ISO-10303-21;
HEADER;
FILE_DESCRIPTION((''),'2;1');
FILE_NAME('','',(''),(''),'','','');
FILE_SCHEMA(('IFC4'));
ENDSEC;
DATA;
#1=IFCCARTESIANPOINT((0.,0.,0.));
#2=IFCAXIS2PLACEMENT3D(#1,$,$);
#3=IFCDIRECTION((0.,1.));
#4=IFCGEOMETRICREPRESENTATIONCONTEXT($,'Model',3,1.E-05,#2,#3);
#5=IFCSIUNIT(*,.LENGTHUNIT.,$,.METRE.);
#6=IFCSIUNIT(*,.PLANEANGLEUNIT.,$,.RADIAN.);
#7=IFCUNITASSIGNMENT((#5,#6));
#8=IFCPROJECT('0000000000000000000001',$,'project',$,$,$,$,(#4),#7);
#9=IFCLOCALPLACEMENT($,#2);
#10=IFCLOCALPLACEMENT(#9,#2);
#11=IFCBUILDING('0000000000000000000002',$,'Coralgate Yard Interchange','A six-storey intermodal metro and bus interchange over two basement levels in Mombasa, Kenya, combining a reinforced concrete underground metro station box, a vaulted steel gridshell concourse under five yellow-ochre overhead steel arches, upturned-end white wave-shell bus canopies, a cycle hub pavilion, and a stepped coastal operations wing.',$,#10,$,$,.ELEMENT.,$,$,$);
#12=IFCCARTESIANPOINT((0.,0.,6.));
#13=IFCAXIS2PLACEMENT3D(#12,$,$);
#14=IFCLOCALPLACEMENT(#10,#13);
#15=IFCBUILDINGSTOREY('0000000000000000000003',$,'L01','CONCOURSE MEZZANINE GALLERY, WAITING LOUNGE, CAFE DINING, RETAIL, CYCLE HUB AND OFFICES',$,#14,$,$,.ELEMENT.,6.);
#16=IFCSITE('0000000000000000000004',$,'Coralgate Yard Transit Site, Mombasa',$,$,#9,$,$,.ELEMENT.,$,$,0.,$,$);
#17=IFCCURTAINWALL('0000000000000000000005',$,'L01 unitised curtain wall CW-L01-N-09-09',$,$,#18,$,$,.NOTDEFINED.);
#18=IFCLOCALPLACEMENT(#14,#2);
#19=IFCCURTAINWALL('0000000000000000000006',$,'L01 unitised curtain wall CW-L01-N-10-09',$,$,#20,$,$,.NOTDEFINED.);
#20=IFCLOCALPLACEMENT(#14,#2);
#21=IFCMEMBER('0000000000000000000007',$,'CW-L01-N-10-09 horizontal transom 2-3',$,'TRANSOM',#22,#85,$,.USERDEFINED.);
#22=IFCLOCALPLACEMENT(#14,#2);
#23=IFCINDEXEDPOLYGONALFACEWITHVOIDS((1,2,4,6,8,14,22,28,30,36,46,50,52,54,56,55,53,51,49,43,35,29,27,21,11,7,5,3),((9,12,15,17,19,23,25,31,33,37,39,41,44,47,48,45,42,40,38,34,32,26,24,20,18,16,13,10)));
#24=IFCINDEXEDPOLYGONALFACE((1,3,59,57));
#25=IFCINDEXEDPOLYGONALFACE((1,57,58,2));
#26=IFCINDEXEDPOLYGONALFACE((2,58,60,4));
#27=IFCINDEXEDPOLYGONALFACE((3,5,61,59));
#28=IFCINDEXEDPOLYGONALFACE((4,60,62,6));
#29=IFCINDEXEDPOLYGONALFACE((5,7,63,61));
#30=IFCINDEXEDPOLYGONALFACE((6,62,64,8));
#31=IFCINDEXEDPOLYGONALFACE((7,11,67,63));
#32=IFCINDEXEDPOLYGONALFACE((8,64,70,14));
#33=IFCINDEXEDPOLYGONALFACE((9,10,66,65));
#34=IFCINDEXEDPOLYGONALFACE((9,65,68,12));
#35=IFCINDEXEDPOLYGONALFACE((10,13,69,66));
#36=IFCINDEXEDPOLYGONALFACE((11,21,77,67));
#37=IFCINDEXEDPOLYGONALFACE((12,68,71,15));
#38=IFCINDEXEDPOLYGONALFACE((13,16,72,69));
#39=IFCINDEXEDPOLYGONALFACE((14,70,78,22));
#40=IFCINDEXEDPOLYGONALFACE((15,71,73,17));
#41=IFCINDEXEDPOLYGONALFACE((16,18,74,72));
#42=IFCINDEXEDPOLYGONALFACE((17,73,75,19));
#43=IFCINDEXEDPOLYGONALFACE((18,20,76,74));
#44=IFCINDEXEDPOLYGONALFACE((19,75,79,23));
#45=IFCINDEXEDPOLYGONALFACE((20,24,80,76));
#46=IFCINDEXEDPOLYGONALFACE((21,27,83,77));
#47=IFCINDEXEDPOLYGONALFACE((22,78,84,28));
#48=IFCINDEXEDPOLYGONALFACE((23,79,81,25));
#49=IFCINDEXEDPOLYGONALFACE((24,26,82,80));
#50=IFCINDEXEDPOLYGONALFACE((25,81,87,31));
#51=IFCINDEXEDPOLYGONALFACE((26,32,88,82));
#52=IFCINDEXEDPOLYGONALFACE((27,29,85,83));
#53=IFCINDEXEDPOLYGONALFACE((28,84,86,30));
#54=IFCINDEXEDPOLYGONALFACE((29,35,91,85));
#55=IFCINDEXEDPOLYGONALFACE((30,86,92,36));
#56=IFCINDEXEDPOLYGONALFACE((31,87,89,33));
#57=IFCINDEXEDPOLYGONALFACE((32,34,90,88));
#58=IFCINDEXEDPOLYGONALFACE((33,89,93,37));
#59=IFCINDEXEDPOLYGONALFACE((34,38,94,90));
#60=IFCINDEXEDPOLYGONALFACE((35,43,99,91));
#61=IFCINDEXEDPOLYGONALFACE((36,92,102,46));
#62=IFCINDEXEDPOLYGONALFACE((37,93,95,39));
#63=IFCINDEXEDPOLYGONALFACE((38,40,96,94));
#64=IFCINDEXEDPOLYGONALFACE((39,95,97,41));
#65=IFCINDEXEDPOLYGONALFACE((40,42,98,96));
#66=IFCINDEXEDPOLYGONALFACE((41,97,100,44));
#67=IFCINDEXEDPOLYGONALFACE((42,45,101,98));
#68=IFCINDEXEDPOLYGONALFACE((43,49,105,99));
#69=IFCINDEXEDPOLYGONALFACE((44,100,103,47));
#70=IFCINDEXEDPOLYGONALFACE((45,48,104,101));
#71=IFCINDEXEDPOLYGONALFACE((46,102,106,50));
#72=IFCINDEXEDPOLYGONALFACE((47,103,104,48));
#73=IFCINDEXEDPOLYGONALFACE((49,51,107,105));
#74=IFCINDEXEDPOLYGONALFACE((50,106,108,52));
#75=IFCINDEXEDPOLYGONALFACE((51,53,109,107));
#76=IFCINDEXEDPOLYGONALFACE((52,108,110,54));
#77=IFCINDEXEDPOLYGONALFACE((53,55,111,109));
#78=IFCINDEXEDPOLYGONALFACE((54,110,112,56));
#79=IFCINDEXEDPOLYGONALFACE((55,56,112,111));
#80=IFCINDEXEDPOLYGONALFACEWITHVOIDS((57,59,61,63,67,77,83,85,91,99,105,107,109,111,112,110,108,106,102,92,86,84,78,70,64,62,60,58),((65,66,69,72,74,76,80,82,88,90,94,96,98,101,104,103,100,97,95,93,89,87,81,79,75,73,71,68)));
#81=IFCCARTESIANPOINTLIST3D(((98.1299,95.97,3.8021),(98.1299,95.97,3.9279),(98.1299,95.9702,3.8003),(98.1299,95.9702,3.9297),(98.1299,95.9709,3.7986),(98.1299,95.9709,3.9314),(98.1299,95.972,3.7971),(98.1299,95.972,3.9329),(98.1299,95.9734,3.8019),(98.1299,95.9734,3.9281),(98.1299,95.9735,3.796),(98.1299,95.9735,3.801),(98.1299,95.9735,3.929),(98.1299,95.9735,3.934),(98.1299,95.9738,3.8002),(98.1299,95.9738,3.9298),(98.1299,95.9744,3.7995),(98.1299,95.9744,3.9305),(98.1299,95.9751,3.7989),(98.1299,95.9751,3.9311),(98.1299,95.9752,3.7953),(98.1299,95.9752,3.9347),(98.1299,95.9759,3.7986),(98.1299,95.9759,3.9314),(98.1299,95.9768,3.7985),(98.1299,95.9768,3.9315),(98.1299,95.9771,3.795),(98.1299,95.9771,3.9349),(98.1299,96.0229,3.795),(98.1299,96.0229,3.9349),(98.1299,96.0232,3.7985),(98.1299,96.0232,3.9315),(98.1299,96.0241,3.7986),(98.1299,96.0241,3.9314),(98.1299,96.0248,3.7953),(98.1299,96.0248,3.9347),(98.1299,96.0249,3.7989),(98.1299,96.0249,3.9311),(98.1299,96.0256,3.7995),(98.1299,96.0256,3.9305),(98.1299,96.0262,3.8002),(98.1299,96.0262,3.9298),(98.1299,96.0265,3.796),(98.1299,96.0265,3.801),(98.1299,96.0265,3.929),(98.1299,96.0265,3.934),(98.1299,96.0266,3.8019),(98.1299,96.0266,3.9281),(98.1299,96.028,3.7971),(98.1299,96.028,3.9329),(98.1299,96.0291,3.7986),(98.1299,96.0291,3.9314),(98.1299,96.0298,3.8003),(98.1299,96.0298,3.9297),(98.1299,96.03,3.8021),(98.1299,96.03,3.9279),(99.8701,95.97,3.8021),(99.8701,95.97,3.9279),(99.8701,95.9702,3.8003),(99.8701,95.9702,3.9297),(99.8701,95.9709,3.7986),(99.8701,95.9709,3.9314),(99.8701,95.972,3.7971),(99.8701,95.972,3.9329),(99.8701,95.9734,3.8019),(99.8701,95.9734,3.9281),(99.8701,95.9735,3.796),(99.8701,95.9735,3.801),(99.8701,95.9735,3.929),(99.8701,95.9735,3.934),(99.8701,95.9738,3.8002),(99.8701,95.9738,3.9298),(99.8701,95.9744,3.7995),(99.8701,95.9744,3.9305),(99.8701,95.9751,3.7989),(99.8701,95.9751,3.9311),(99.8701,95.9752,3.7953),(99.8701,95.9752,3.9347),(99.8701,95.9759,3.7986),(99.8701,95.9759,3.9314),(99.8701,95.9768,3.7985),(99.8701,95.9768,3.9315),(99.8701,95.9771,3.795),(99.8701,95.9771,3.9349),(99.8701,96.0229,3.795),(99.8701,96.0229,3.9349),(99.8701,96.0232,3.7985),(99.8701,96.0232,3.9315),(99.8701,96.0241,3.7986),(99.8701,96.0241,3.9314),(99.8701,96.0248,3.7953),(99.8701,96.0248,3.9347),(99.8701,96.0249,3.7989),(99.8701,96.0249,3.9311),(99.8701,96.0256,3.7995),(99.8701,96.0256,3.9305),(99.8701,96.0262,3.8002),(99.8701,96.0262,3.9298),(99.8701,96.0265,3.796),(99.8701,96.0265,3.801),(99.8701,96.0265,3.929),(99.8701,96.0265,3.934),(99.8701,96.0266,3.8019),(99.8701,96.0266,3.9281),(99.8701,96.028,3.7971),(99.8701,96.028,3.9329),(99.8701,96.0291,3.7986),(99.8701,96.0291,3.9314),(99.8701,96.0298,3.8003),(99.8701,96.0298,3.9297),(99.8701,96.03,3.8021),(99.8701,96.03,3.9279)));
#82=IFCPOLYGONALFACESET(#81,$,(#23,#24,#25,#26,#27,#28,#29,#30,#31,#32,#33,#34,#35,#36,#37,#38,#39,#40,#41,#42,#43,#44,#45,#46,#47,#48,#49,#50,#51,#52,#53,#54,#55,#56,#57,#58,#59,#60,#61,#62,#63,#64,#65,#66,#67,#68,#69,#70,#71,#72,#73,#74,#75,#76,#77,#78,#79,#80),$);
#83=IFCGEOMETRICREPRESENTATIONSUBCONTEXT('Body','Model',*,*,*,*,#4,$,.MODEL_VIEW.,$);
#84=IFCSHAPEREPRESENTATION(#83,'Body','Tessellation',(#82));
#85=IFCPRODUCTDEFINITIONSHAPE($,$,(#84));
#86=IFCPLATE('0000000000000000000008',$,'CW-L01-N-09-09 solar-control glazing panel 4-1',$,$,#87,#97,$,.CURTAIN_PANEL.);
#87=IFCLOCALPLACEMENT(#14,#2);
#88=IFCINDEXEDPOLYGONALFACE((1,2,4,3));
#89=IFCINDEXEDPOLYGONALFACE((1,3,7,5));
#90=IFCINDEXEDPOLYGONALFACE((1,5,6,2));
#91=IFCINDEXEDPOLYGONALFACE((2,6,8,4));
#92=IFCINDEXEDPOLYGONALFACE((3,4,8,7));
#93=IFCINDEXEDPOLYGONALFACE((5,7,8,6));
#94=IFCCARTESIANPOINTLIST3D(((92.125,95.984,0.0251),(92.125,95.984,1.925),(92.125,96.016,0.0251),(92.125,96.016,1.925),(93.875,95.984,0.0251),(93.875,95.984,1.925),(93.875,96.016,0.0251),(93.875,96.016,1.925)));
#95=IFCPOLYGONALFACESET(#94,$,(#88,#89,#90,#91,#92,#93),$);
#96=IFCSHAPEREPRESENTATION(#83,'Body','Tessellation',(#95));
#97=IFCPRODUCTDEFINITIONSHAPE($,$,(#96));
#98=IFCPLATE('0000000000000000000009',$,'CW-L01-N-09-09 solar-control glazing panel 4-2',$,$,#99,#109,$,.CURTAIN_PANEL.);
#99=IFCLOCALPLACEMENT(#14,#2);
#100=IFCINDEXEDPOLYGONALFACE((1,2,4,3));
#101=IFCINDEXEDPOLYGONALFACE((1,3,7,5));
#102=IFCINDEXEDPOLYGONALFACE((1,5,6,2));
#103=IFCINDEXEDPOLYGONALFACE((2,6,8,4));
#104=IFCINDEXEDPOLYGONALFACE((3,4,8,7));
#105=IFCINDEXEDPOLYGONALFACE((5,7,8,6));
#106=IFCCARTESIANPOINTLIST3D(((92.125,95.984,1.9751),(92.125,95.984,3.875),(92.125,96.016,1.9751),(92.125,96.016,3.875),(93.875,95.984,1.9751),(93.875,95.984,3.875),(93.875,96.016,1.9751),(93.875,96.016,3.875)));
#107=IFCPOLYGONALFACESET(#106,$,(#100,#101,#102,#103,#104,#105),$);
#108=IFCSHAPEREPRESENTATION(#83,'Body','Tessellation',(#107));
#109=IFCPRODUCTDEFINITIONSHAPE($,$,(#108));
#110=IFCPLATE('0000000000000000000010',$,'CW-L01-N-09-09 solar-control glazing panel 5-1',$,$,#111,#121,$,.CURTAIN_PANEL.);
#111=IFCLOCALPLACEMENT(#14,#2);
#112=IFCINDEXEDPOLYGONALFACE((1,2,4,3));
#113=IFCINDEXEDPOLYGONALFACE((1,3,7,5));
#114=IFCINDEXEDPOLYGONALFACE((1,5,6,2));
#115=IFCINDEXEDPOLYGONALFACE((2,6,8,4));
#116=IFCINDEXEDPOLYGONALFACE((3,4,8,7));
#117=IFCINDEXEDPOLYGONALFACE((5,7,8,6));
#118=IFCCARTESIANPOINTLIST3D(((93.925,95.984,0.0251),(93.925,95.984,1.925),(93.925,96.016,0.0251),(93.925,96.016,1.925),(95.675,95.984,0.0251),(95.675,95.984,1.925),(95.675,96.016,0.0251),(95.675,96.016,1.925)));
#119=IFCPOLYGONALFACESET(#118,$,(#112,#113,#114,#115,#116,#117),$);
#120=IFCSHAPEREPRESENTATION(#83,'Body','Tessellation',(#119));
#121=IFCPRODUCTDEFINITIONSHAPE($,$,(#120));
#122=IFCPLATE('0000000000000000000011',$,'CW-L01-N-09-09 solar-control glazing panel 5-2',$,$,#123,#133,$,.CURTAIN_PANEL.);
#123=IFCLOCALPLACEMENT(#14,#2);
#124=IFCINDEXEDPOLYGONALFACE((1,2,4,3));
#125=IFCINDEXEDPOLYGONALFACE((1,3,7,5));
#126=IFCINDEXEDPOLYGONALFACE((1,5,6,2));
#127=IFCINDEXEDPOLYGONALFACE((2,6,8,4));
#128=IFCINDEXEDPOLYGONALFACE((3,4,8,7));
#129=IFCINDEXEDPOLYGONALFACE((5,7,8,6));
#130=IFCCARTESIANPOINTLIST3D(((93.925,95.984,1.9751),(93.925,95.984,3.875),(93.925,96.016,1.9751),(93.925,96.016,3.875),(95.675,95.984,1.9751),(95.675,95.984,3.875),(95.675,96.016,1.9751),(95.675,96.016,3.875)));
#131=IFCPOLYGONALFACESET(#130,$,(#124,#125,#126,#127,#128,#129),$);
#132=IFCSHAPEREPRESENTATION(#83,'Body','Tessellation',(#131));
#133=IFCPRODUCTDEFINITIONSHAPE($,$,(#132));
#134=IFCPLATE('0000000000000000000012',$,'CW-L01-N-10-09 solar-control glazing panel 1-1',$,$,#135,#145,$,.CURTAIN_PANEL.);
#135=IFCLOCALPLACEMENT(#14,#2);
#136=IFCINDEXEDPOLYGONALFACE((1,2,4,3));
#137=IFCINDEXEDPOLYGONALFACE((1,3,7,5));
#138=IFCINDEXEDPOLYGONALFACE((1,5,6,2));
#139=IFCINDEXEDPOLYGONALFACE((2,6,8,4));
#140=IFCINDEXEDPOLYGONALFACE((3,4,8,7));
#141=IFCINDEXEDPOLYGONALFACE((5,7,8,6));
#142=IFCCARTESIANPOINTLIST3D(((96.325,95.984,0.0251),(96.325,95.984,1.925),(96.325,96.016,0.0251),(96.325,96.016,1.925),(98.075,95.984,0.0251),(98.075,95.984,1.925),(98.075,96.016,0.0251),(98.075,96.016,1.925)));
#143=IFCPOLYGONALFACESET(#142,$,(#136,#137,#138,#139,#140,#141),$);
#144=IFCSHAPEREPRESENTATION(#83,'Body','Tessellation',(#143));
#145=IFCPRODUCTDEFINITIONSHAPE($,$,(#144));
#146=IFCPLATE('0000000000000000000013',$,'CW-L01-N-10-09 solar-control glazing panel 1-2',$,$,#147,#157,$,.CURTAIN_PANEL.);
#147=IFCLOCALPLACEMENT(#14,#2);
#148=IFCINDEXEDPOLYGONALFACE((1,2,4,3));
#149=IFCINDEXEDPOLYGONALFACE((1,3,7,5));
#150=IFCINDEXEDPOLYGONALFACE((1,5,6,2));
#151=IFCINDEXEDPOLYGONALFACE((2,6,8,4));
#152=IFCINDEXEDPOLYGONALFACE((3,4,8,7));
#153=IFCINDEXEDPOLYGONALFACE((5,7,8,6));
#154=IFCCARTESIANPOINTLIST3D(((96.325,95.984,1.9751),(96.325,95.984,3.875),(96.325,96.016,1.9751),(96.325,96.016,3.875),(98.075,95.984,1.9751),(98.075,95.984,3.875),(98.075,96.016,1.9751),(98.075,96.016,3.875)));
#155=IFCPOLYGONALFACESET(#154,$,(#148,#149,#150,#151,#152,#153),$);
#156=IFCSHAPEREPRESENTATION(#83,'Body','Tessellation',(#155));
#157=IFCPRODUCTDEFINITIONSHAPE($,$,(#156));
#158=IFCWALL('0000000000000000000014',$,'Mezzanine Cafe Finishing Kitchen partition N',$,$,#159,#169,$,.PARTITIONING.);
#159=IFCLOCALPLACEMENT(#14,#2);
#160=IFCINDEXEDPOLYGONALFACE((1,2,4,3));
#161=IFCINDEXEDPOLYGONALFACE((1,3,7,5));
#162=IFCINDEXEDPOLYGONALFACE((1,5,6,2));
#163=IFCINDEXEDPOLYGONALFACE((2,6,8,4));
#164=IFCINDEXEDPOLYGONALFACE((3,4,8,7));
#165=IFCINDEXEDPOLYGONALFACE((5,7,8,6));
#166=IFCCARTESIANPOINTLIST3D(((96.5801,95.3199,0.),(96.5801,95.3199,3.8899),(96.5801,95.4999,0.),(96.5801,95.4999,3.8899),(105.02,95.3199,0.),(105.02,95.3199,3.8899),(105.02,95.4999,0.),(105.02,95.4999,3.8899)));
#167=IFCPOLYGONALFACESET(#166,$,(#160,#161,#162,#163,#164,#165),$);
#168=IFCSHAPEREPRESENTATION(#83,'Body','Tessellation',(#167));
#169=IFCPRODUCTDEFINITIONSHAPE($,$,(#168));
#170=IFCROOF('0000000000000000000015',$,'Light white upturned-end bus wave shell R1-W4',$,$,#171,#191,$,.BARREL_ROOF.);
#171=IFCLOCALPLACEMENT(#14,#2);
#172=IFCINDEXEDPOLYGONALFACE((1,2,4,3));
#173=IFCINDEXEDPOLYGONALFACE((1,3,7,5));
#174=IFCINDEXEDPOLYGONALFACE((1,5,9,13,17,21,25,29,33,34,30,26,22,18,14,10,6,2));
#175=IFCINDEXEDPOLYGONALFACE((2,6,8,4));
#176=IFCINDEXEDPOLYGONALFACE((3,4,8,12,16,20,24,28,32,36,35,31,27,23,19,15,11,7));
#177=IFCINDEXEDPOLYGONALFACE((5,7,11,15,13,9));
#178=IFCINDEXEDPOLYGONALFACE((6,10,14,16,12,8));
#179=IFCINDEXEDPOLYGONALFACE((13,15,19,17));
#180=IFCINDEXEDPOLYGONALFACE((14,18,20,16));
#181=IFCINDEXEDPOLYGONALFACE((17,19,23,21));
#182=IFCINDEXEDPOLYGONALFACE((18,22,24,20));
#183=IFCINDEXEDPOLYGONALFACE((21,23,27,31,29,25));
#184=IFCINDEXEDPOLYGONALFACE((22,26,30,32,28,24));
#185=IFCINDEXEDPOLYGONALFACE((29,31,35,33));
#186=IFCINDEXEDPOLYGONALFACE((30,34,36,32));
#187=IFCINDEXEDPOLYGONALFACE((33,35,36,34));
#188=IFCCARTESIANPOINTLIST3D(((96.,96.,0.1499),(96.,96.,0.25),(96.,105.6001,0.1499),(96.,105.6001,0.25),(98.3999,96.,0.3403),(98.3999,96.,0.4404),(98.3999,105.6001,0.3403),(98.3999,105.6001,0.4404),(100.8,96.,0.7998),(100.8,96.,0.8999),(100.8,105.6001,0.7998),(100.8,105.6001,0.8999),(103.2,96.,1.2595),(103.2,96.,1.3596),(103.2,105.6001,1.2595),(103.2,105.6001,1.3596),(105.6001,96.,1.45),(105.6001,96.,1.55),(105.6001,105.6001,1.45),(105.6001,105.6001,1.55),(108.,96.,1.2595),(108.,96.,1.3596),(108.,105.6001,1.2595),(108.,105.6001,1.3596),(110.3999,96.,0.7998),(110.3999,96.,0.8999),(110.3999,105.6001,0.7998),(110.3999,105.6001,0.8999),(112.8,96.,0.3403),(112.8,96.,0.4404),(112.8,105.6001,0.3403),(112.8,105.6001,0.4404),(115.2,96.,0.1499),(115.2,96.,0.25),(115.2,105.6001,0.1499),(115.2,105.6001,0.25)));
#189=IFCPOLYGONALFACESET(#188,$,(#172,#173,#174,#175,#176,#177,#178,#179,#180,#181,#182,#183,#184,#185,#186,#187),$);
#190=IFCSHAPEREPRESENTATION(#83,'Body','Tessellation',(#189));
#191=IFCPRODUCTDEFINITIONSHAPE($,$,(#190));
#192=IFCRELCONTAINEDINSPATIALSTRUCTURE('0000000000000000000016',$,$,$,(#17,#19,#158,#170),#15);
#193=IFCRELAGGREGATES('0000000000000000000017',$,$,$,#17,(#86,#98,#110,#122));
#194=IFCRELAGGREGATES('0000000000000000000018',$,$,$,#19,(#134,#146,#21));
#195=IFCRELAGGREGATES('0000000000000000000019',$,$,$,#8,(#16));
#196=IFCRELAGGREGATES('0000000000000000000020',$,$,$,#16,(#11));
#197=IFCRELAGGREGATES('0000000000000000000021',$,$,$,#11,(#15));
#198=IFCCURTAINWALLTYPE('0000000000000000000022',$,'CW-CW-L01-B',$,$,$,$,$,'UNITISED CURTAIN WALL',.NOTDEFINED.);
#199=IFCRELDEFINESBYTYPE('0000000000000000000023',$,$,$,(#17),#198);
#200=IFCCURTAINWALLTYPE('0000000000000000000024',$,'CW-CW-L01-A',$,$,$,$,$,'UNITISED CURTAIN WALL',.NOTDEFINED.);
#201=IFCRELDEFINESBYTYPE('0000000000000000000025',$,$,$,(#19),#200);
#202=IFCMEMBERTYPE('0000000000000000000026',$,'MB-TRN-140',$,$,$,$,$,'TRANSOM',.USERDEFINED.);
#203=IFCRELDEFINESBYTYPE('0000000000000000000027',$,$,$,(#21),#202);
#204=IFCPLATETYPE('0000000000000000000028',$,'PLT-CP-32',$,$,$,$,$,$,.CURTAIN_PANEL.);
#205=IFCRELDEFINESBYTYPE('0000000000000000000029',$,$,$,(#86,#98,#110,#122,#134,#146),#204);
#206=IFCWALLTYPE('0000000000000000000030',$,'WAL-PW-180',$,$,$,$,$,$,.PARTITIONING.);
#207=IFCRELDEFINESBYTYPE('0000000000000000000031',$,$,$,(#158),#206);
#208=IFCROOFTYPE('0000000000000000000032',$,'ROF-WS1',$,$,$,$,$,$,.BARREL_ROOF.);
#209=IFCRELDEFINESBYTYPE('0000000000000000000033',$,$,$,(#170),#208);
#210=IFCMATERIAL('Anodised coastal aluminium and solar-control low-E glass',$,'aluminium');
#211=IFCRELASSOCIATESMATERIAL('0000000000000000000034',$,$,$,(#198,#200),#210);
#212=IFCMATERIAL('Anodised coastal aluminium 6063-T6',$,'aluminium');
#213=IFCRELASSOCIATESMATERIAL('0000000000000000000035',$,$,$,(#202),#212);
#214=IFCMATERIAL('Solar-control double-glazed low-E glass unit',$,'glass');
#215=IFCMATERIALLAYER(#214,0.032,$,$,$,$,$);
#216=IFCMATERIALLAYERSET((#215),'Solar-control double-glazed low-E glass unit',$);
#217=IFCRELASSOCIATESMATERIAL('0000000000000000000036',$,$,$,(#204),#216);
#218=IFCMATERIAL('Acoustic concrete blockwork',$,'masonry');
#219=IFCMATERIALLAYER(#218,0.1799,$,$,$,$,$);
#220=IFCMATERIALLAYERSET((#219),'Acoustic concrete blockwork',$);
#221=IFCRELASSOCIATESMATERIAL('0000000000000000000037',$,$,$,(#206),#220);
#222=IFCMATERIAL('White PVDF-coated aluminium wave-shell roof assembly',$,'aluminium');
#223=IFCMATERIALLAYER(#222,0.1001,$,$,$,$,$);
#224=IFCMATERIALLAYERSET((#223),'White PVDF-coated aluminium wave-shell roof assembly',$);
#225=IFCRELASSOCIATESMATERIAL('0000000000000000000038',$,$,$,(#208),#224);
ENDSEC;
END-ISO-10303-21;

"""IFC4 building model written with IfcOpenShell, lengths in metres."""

from ifc_helpers import new_model, si_unit, direction, frame, frame_2d, origin, origin_2d, place, context, subcontext, project, spatial, polyline, rectangle, hollow_rectangle, outline, extrude, material, layer, layer_set, material_profile, profile_set, type_object, element, aggregate, save


model = new_model("IFC4")

# Units and contexts
model_context = context("Model", 3, precision=1e-05, world=origin(), true_north=direction((0.0, 1.0)))
body_context = subcontext(model_context, "Body", "Model", "MODEL_VIEW")
ifc_project = project(units=[si_unit("LENGTHUNIT", "METRE"), si_unit("PLANEANGLEUNIT", "RADIAN")], contexts=[model_context])

# Site, building, storey
site_placement = place(None, origin())
site = spatial("IfcSite", under=ifc_project, at=site_placement, Name="Coralgate Yard Transit Site, Mombasa", CompositionType="ELEMENT", RefElevation=0.0)
building_placement = place(site_placement, origin())
building = spatial("IfcBuilding", under=site, at=building_placement, Name="Coralgate Yard Interchange", Description="A six-storey intermodal metro and bus interchange over two basement levels in Mombasa, Kenya, combining a reinforced concrete underground metro station box, a vaulted steel gridshell concourse under five yellow-ochre overhead steel arches, upturned-end white wave-shell bus canopies, a cycle hub pavilion, and a stepped coastal operations wing.", CompositionType="ELEMENT")
storey_placement = place(building_placement, frame((0.0, 0.0, 6.0)))
storey = spatial("IfcBuildingStorey", under=building, at=storey_placement, Name="L01", Description="CONCOURSE MEZZANINE GALLERY, WAITING LOUNGE, CAFE DINING, RETAIL, CYCLE HUB AND OFFICES", CompositionType="ELEMENT", Elevation=6.0)

# Curtain walls
ifc_material_1 = material(Name="Anodised coastal aluminium and solar-control low-E glass", Category="aluminium")
curtain_wall_type_1 = type_object("IfcCurtainWallType", Name="CW-CW-L01-B", ElementType="UNITISED CURTAIN WALL", PredefinedType="NOTDEFINED", material=ifc_material_1)
curtain_wall_1_placement = place(storey_placement, origin())
curtain_wall_1 = element("IfcCurtainWall", 1, at=curtain_wall_1_placement, inside=storey, type_object=curtain_wall_type_1, Name="L01 unitised curtain wall CW-L01-N-09-09", PredefinedType="NOTDEFINED")
ifc_material_2 = material(Name="Anodised coastal aluminium 6063-T6", Category="aluminium")
curtain_wall_type_2 = type_object("IfcCurtainWallType", Name="CW-CW-L01-A", ElementType="UNITISED CURTAIN WALL", PredefinedType="NOTDEFINED", material=ifc_material_1)
curtain_wall_2_placement = place(storey_placement, origin())
curtain_wall_2 = element("IfcCurtainWall", 2, at=curtain_wall_2_placement, inside=storey, type_object=curtain_wall_type_2, Name="L01 unitised curtain wall CW-L01-N-10-09", PredefinedType="NOTDEFINED")

# Member
ifc_material_profile_1 = material_profile(ifc_material_2, hollow_rectangle(XDim=0.0601, YDim=0.1399, WallThickness=0.0034, InnerFilletRadius=0.0034, OuterFilletRadius=0.0071, at=origin_2d()), Name="ALU 60x140x3.5")
ifc_profile_set_1 = profile_set([ifc_material_profile_1], Name="Anodised coastal aluminium 6063-T6")
member_type_1 = type_object("IfcMemberType", Name="MB-TRN-140", ElementType="TRANSOM", PredefinedType="USERDEFINED", material=ifc_profile_set_1)
member_1_placement = place(storey_placement, frame((98.1299, 96.0, 3.865), z_axis=(1.0, 0.0, 0.0), x_axis=(0.0, 1.0, 0.0)))
member_1 = element("IfcMember", 3, at=member_1_placement, type_object=member_type_1, Name="CW-L01-N-10-09 horizontal transom 2-3", ObjectType="TRANSOM", PredefinedType="USERDEFINED", context=body_context, shape_type="SweptSolid", body=[
    extrude(hollow_rectangle(XDim=0.0601, YDim=0.1399, WallThickness=0.0034, InnerFilletRadius=0.0034, OuterFilletRadius=0.0071, at=origin_2d()), origin(), (0.0, 0.0, 1.0), 1.7402),
])

# Plates
ifc_material_3 = material(Name="Solar-control double-glazed low-E glass unit", Category="glass")
ifc_layer_1 = layer(ifc_material_3, 0.032)
ifc_layer_set_1 = layer_set([ifc_layer_1], Name="Solar-control double-glazed low-E glass unit")
plate_type = type_object("IfcPlateType", Name="PLT-CP-32", PredefinedType="CURTAIN_PANEL", material=ifc_layer_set_1)
plate_1_placement = place(storey_placement, frame((93.0, 96.0, 0.0251), z_axis=(0.0, 0.0, 1.0), x_axis=(1.0, 0.0, 0.0)))
plate_1 = element("IfcPlate", 4, at=plate_1_placement, type_object=plate_type, Name="CW-L01-N-09-09 solar-control glazing panel 4-1", PredefinedType="CURTAIN_PANEL", context=body_context, shape_type="SweptSolid", body=[
    extrude(rectangle(XDim=1.75, YDim=0.032, at=origin_2d()), origin(), (0.0, 0.0, 1.0), 1.8999),
])
plate_2_placement = place(storey_placement, frame((93.0, 96.0, 1.9751), z_axis=(0.0, 0.0, 1.0), x_axis=(1.0, 0.0, 0.0)))
plate_2 = element("IfcPlate", 5, at=plate_2_placement, type_object=plate_type, Name="CW-L01-N-09-09 solar-control glazing panel 4-2", PredefinedType="CURTAIN_PANEL", context=body_context, shape_type="SweptSolid", body=[
    extrude(rectangle(XDim=1.75, YDim=0.032, at=origin_2d()), origin(), (0.0, 0.0, 1.0), 1.8999),
])
plate_3_placement = place(storey_placement, frame((94.8, 96.0, 0.0251), z_axis=(0.0, 0.0, 1.0), x_axis=(1.0, 0.0, 0.0)))
plate_3 = element("IfcPlate", 6, at=plate_3_placement, type_object=plate_type, Name="CW-L01-N-09-09 solar-control glazing panel 5-1", PredefinedType="CURTAIN_PANEL", context=body_context, shape_type="SweptSolid", body=[
    extrude(rectangle(XDim=1.75, YDim=0.032, at=origin_2d()), origin(), (0.0, 0.0, 1.0), 1.8999),
])
plate_4_placement = place(storey_placement, frame((94.8, 96.0, 1.9751), z_axis=(0.0, 0.0, 1.0), x_axis=(1.0, 0.0, 0.0)))
plate_4 = element("IfcPlate", 7, at=plate_4_placement, type_object=plate_type, Name="CW-L01-N-09-09 solar-control glazing panel 5-2", PredefinedType="CURTAIN_PANEL", context=body_context, shape_type="SweptSolid", body=[
    extrude(rectangle(XDim=1.75, YDim=0.032, at=origin_2d()), origin(), (0.0, 0.0, 1.0), 1.8999),
])
aggregate(curtain_wall_1, [plate_1, plate_2, plate_3, plate_4])
plate_5_placement = place(storey_placement, frame((97.2, 96.0, 0.0251), z_axis=(0.0, 0.0, 1.0), x_axis=(1.0, 0.0, 0.0)))
plate_5 = element("IfcPlate", 8, at=plate_5_placement, type_object=plate_type, Name="CW-L01-N-10-09 solar-control glazing panel 1-1", PredefinedType="CURTAIN_PANEL", context=body_context, shape_type="SweptSolid", body=[
    extrude(rectangle(XDim=1.75, YDim=0.032, at=origin_2d()), origin(), (0.0, 0.0, 1.0), 1.8999),
])
plate_6_placement = place(storey_placement, frame((97.2, 96.0, 1.9751), z_axis=(0.0, 0.0, 1.0), x_axis=(1.0, 0.0, 0.0)))
plate_6 = element("IfcPlate", 9, at=plate_6_placement, type_object=plate_type, Name="CW-L01-N-10-09 solar-control glazing panel 1-2", PredefinedType="CURTAIN_PANEL", context=body_context, shape_type="SweptSolid", body=[
    extrude(rectangle(XDim=1.75, YDim=0.032, at=origin_2d()), origin(), (0.0, 0.0, 1.0), 1.8999),
])
aggregate(curtain_wall_2, [plate_5, plate_6, member_1])

# Wall
ifc_material_4 = material(Name="Acoustic concrete blockwork", Category="masonry")
ifc_layer_2 = layer(ifc_material_4, 0.1799)
ifc_layer_set_2 = layer_set([ifc_layer_2], Name="Acoustic concrete blockwork")
wall_type = type_object("IfcWallType", Name="WAL-PW-180", PredefinedType="PARTITIONING", material=ifc_layer_set_2)
wall_placement = place(storey_placement, frame((96.5801, 95.4099, 0.0), z_axis=(0.0, 0.0, 1.0), x_axis=(1.0, 0.0, 0.0)))
element("IfcWall", 10, at=wall_placement, inside=storey, type_object=wall_type, Name="Mezzanine Cafe Finishing Kitchen partition N", PredefinedType="PARTITIONING", context=body_context, shape_type="SweptSolid", body=[
    extrude(rectangle(XDim=8.4399, YDim=0.1799, at=frame_2d((4.22, 0.0))), origin(), (0.0, 0.0, 1.0), 3.8899),
])

# Roof
ifc_material_5 = material(Name="White PVDF-coated aluminium wave-shell roof assembly", Category="aluminium")
ifc_layer_3 = layer(ifc_material_5, 0.1001)
ifc_layer_set_3 = layer_set([ifc_layer_3], Name="White PVDF-coated aluminium wave-shell roof assembly")
roof_type = type_object("IfcRoofType", Name="ROF-WS1", PredefinedType="BARREL_ROOF", material=ifc_layer_set_3)
roof_placement = place(storey_placement, frame((96.0, 96.0, 0.25), z_axis=(0.0, 1.0, 0.0), x_axis=(-1.0, 0.0, 0.0)))
element("IfcRoof", 11, at=roof_placement, inside=storey, type_object=roof_type, Name="Light white upturned-end bus wave shell R1-W4", PredefinedType="BARREL_ROOF", context=body_context, shape_type="SweptSolid", body=[
    extrude(outline(polyline([(0.0, 0.0), (-2.3999, 0.1904), (-4.8, 0.6499), (-7.2, 1.1096), (-9.6001, 1.3), (-12.0, 1.1096), (-14.3999, 0.6499), (-16.8, 0.1904), (-19.2, 0.0), (-19.2, -0.1001), (-16.8, 0.0903), (-14.3999, 0.5498), (-12.0, 1.0095), (-9.6001, 1.2), (-7.2, 1.0095), (-4.8, 0.5498), (-2.3999, 0.0903), (0.0, -0.1001), (0.0, 0.0)])), origin(), (0.0, 0.0, 1.0), 9.6001),
])

save(model, "model.ifc")
